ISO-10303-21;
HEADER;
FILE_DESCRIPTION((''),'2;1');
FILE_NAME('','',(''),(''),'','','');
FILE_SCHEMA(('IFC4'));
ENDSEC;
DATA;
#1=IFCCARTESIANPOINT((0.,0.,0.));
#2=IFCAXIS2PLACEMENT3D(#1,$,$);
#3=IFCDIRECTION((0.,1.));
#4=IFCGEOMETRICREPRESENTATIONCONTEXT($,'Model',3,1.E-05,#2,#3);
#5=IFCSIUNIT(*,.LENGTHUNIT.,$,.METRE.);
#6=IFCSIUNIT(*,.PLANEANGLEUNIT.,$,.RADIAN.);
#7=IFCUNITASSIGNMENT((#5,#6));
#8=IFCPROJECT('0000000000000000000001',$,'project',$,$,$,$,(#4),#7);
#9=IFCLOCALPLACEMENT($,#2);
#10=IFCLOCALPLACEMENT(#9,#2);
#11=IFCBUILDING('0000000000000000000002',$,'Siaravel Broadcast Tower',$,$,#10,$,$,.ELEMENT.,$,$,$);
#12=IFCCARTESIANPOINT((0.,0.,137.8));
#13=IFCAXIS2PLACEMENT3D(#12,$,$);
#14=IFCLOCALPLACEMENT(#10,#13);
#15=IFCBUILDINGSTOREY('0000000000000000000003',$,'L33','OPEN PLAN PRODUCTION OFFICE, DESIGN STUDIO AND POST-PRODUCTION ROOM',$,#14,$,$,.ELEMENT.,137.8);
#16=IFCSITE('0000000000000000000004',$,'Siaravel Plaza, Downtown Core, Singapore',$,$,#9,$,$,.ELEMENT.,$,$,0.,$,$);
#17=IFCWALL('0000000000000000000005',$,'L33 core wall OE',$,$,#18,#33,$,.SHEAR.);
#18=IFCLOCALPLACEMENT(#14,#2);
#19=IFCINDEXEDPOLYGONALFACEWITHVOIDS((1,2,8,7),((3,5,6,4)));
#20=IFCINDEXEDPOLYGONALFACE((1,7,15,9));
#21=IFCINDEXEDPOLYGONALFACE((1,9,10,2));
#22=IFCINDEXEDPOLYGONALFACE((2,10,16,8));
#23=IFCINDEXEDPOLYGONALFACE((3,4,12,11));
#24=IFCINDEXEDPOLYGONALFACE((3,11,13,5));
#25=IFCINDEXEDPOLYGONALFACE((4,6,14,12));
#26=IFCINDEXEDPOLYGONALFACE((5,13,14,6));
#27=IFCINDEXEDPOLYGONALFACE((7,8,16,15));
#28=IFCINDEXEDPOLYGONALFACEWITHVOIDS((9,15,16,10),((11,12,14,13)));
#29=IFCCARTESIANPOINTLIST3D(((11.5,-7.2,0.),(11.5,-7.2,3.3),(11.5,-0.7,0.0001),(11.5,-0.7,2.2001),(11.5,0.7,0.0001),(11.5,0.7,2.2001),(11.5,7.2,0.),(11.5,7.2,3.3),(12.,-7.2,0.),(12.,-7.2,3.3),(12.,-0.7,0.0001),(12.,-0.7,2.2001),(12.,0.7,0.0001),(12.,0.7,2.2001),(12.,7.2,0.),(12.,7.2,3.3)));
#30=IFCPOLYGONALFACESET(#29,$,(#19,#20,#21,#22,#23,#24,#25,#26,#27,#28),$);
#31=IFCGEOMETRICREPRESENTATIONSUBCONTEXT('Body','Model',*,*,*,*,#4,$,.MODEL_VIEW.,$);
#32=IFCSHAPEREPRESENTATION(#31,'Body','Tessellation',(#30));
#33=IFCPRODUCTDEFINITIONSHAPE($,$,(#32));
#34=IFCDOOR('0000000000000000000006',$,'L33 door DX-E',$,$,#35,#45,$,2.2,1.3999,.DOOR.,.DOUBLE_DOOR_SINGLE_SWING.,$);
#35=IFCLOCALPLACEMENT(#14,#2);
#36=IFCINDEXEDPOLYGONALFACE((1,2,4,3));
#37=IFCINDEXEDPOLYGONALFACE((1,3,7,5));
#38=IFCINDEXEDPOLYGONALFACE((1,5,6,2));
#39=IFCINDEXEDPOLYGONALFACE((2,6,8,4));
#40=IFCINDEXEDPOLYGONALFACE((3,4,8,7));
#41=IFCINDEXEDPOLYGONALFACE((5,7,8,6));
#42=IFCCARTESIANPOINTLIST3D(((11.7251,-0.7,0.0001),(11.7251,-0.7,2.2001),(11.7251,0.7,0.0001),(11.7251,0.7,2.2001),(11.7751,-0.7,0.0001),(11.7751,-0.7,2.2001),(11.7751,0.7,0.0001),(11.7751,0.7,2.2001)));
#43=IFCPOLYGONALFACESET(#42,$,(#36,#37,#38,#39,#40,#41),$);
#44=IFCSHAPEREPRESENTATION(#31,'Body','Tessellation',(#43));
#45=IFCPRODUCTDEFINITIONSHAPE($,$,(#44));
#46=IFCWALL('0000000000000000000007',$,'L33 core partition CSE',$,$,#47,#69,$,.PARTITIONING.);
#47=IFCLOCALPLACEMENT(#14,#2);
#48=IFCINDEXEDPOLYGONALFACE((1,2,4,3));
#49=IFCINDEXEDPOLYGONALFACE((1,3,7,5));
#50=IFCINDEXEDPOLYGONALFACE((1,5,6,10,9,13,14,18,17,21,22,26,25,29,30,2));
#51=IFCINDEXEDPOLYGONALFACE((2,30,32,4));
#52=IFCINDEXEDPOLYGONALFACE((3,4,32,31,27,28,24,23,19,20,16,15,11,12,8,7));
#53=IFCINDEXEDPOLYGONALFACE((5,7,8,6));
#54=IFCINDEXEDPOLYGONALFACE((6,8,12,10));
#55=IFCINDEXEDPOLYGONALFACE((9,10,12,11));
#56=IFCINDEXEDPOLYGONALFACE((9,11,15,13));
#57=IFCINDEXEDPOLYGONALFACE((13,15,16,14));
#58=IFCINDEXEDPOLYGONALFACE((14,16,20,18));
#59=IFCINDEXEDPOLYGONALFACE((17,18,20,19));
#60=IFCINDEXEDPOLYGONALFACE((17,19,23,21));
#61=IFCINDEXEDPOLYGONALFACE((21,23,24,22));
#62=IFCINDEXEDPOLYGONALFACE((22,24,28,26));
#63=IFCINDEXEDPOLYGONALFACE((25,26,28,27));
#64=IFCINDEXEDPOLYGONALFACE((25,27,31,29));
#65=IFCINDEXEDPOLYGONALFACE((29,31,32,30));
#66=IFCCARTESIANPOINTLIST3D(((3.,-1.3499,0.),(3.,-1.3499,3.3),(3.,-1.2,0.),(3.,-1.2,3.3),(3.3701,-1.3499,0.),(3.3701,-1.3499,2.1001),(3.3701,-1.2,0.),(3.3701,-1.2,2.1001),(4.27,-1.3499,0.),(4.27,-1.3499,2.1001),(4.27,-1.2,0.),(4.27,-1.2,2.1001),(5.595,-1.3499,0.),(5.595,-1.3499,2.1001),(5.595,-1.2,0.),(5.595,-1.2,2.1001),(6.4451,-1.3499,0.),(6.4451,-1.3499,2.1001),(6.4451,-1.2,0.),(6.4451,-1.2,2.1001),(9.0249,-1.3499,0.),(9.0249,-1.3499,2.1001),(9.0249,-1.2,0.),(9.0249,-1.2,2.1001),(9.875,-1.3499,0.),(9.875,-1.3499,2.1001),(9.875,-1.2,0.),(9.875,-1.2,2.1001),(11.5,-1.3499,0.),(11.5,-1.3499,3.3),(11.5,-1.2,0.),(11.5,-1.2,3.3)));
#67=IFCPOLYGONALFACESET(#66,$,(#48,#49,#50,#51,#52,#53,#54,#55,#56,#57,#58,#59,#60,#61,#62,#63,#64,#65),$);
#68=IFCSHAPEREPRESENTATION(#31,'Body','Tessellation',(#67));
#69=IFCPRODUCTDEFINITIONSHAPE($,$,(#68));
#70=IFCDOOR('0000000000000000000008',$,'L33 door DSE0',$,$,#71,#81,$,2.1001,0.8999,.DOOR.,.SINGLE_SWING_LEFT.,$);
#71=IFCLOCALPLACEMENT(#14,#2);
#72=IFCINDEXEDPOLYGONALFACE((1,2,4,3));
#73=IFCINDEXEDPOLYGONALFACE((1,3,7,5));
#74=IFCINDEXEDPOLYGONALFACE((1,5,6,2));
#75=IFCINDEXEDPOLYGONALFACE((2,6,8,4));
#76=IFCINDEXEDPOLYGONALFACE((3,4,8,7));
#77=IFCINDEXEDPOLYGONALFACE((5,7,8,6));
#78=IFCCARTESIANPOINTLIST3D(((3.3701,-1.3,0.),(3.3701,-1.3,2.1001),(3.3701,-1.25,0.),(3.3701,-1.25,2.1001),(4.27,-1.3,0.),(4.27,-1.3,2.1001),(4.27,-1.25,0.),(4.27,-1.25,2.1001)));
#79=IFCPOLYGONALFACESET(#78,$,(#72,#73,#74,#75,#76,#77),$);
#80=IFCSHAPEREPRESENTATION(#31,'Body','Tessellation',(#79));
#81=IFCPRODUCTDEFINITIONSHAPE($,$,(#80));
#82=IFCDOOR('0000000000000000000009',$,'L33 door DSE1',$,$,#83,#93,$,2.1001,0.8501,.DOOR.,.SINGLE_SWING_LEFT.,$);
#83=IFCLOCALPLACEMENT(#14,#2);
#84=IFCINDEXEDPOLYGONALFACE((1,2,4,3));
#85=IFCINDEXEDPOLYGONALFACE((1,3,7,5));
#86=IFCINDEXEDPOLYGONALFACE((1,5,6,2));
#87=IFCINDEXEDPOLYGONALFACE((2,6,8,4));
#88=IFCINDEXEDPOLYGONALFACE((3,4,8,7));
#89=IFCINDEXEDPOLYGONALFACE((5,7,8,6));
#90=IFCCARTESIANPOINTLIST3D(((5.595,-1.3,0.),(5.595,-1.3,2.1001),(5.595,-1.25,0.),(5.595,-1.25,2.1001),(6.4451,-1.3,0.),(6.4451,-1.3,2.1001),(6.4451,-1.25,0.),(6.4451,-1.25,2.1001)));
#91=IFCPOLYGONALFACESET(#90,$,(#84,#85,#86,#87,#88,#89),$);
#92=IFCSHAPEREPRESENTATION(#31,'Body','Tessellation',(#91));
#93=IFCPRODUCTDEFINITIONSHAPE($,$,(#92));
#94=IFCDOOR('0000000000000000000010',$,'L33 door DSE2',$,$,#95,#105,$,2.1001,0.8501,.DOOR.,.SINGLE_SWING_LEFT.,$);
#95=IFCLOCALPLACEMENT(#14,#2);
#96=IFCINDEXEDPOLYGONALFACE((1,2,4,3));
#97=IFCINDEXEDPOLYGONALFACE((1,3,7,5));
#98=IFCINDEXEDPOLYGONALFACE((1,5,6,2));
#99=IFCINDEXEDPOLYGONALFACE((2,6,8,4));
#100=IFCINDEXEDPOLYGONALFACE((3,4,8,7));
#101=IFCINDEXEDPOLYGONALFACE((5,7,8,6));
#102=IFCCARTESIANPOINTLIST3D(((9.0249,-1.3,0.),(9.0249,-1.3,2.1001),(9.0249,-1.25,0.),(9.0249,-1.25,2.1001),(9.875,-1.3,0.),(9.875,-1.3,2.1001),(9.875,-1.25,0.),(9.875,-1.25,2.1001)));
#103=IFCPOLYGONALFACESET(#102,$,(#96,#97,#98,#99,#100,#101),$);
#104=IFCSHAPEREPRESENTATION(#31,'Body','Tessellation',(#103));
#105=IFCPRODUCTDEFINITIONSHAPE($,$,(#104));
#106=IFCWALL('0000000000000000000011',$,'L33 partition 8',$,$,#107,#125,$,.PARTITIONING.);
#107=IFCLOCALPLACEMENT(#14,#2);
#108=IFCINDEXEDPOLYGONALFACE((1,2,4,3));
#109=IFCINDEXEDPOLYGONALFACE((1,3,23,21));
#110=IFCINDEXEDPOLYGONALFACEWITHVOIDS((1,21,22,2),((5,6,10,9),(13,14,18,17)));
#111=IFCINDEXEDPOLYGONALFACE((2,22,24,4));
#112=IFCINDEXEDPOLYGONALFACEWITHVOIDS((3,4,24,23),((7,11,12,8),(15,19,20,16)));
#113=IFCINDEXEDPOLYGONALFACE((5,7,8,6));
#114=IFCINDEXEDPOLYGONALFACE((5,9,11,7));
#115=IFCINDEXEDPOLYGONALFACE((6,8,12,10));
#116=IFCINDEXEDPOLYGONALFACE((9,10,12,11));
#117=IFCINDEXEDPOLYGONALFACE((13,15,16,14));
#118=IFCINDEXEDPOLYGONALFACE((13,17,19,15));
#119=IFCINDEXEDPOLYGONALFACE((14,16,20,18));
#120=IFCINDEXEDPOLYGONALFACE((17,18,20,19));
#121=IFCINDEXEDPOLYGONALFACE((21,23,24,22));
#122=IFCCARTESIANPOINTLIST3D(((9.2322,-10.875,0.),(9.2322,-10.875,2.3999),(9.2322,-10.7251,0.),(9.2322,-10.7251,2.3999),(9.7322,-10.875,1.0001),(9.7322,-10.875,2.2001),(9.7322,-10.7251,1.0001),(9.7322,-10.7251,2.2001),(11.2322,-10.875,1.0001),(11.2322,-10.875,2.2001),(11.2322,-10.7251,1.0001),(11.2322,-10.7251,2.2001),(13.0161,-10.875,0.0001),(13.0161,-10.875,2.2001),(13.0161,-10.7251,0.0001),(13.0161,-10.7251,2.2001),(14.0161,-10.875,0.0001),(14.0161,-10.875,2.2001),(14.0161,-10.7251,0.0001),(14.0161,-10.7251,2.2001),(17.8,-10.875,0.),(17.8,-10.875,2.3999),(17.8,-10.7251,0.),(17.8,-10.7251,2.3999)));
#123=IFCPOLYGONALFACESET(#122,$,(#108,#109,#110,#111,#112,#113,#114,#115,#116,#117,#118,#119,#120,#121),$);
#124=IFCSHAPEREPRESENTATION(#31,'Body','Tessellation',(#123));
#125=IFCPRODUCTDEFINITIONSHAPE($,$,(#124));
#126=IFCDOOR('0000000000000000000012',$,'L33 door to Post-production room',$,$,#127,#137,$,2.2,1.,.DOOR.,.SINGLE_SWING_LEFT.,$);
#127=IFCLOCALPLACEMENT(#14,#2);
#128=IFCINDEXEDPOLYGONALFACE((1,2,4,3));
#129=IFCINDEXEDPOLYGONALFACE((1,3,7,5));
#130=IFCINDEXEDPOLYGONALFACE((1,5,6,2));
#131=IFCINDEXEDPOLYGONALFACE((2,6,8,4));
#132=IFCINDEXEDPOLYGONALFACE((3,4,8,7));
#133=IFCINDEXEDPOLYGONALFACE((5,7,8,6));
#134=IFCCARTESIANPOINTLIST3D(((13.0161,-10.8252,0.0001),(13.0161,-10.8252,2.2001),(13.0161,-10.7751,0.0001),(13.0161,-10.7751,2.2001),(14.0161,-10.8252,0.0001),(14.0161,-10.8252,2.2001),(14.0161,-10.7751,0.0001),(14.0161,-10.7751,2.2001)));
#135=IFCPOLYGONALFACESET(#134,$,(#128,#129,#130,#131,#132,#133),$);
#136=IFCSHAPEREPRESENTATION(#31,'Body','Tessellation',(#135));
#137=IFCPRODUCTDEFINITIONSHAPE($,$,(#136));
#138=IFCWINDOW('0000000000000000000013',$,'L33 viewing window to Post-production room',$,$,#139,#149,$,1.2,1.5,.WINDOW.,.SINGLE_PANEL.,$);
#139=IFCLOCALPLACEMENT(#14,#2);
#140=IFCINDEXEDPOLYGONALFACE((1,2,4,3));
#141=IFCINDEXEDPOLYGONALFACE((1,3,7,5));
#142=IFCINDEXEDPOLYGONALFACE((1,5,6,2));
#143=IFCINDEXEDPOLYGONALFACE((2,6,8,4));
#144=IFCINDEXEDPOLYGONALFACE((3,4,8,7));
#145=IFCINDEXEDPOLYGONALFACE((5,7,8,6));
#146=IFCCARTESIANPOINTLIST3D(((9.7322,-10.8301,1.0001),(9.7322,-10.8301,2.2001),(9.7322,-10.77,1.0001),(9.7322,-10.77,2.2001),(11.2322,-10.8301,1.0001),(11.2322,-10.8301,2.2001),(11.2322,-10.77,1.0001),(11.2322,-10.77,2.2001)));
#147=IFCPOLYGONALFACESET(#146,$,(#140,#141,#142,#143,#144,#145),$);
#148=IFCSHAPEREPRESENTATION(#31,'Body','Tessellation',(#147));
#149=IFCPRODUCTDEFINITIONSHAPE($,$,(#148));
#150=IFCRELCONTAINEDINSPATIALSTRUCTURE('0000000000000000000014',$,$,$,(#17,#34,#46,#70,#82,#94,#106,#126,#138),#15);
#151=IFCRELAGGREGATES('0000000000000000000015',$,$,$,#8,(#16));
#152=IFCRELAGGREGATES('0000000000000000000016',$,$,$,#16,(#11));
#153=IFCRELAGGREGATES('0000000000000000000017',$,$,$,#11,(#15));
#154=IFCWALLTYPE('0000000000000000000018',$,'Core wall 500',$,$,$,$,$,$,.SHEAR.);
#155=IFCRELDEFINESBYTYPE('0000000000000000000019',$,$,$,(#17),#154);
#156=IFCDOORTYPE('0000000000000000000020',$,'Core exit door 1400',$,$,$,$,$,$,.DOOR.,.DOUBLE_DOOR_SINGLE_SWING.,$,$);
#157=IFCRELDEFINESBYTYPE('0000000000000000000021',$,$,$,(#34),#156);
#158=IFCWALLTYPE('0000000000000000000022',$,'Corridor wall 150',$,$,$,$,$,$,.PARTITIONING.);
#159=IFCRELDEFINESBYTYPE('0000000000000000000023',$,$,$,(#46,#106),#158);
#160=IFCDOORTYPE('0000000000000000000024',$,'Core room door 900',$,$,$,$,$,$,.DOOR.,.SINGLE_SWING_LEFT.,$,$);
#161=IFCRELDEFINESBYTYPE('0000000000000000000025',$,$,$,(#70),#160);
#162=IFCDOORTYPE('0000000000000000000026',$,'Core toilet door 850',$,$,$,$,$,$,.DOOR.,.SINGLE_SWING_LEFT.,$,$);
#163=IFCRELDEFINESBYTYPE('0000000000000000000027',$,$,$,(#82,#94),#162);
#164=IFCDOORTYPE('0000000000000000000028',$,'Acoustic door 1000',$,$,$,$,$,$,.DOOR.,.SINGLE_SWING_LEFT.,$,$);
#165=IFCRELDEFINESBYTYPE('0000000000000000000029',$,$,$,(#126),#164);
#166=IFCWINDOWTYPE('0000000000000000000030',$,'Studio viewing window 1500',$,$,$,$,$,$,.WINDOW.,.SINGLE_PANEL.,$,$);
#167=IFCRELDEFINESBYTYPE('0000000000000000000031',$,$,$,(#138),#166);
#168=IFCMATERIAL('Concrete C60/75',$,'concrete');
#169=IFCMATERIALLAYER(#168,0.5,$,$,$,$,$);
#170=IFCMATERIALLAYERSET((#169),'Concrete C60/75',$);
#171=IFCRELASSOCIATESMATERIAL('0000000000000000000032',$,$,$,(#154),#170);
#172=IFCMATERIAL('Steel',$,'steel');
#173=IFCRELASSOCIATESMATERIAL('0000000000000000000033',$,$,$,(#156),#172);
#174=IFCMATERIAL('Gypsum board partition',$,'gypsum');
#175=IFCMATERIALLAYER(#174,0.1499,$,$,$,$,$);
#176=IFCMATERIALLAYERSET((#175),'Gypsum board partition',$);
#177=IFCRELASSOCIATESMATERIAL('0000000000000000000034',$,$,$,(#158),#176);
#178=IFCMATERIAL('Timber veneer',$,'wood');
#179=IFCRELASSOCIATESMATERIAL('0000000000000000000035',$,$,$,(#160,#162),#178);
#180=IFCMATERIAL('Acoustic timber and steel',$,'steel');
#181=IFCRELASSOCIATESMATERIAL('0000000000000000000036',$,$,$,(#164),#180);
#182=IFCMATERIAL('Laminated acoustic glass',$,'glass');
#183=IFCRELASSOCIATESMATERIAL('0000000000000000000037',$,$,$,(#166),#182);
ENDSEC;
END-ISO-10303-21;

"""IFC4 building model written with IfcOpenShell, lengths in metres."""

from ifc_helpers import new_model, si_unit, direction, frame, frame_2d, origin, place, context, subcontext, project, spatial, rectangle, extrude, material, layer, layer_set, type_object, element, fill, save


model = new_model("IFC4")

# Units and contexts
model_context = context("Model", 3, precision=1e-05, world=origin(), true_north=direction((0.0, 1.0)))
body_context = subcontext(model_context, "Body", "Model", "MODEL_VIEW")
ifc_project = project(units=[si_unit("LENGTHUNIT", "METRE"), si_unit("PLANEANGLEUNIT", "RADIAN")], contexts=[model_context])

# Site, building, storey
site_placement = place(None, origin())
site = spatial("IfcSite", under=ifc_project, at=site_placement, Name="Siaravel Plaza, Downtown Core, Singapore", CompositionType="ELEMENT", RefElevation=0.0)
building_placement = place(site_placement, origin())
building = spatial("IfcBuilding", under=site, at=building_placement, Name="Siaravel Broadcast Tower", CompositionType="ELEMENT")
storey_placement = place(building_placement, frame((0.0, 0.0, 137.8)))
storey = spatial("IfcBuildingStorey", under=building, at=storey_placement, Name="L33", Description="OPEN PLAN PRODUCTION OFFICE, DESIGN STUDIO AND POST-PRODUCTION ROOM", CompositionType="ELEMENT", Elevation=137.8)

# Wall, opening, door
ifc_material_1 = material(Name="Concrete C60/75", Category="concrete")
ifc_layer_1 = layer(ifc_material_1, 0.5)
ifc_layer_set_1 = layer_set([ifc_layer_1], Name="Concrete C60/75")
wall_type_1 = type_object("IfcWallType", Name="Core wall 500", PredefinedType="SHEAR", material=ifc_layer_set_1)
wall_1_placement = place(storey_placement, frame((11.75, -7.2, 0.0), z_axis=(0.0, 0.0, 1.0), x_axis=(0.0, 1.0, 0.0)))
wall_1 = element("IfcWall", 1, at=wall_1_placement, inside=storey, type_object=wall_type_1, Name="L33 core wall OE", PredefinedType="SHEAR", context=body_context, shape_type="SweptSolid", body=[
    extrude(rectangle(XDim=14.3999, YDim=0.5, at=frame_2d((7.2, 0.0))), origin(), (0.0, 0.0, 1.0), 3.3),
])
opening_1_placement = place(wall_1_placement, frame((6.5, 0.0, 0.0)))
opening_1 = element("IfcOpeningElement", 2, at=opening_1_placement, cuts=wall_1, PredefinedType="OPENING", context=body_context, shape_type="SweptSolid", body=[
    extrude(rectangle(XDim=1.3999, YDim=2.2, at=frame_2d((0.7, 1.1001))), frame((0.0, 0.26, 0.0), z_axis=(0.0, -1.0, 0.0), x_axis=(1.0, 0.0, 0.0)), (0.0, 0.0, 1.0), 0.52),
])
ifc_material_2 = material(Name="Steel", Category="steel")
door_type_1 = type_object("IfcDoorType", Name="Core exit door 1400", OperationType="DOUBLE_DOOR_SINGLE_SWING", PredefinedType="DOOR", material=ifc_material_2)
door_1_placement = place(opening_1_placement, origin())
door_1 = element("IfcDoor", 3, at=door_1_placement, inside=storey, type_object=door_type_1, Name="L33 door DX-E", OperationType="DOUBLE_DOOR_SINGLE_SWING", OverallHeight=2.2, OverallWidth=1.3999, PredefinedType="DOOR", context=body_context, shape_type="SweptSolid", body=[
    extrude(rectangle(XDim=1.3999, YDim=2.2, at=frame_2d((0.7, 1.1001))), frame((0.0, 0.0249, 0.0), z_axis=(0.0, -1.0, 0.0), x_axis=(1.0, 0.0, 0.0)), (0.0, 0.0, 1.0), 0.05),
])
fill(opening_1, door_1)

# Wall, openings, doors
ifc_material_3 = material(Name="Gypsum board partition", Category="gypsum")
ifc_layer_2 = layer(ifc_material_3, 0.1499)
ifc_layer_set_2 = layer_set([ifc_layer_2], Name="Gypsum board partition")
wall_type_2 = type_object("IfcWallType", Name="Corridor wall 150", PredefinedType="PARTITIONING", material=ifc_layer_set_2)
wall_2_placement = place(storey_placement, frame((3.0, -1.2749, 0.0), z_axis=(0.0, 0.0, 1.0), x_axis=(1.0, 0.0, 0.0)))
wall_2 = element("IfcWall", 4, at=wall_2_placement, inside=storey, type_object=wall_type_2, Name="L33 core partition CSE", PredefinedType="PARTITIONING", context=body_context, shape_type="SweptSolid", body=[
    extrude(rectangle(XDim=8.5, YDim=0.1499, at=frame_2d((4.25, 0.0))), origin(), (0.0, 0.0, 1.0), 3.3),
])
opening_2_placement = place(wall_2_placement, frame((0.3701, 0.0, 0.0)))
opening_2 = element("IfcOpeningElement", 5, at=opening_2_placement, cuts=wall_2, PredefinedType="OPENING", context=body_context, shape_type="SweptSolid", body=[
    extrude(rectangle(XDim=0.8999, YDim=2.1001, at=frame_2d((0.45, 1.05))), frame((0.0, 0.085, 0.0), z_axis=(0.0, -1.0, 0.0), x_axis=(1.0, 0.0, 0.0)), (0.0, 0.0, 1.0), 0.1699),
])
opening_3_placement = place(wall_2_placement, frame((2.595, 0.0, 0.0)))
opening_3 = element("IfcOpeningElement", 6, at=opening_3_placement, cuts=wall_2, PredefinedType="OPENING", context=body_context, shape_type="SweptSolid", body=[
    extrude(rectangle(XDim=0.8501, YDim=2.1001, at=frame_2d((0.425, 1.05))), frame((0.0, 0.085, 0.0), z_axis=(0.0, -1.0, 0.0), x_axis=(1.0, 0.0, 0.0)), (0.0, 0.0, 1.0), 0.1699),
])
opening_4_placement = place(wall_2_placement, frame((6.0249, 0.0, 0.0)))
opening_4 = element("IfcOpeningElement", 7, at=opening_4_placement, cuts=wall_2, PredefinedType="OPENING", context=body_context, shape_type="SweptSolid", body=[
    extrude(rectangle(XDim=0.8501, YDim=2.1001, at=frame_2d((0.425, 1.05))), frame((0.0, 0.085, 0.0), z_axis=(0.0, -1.0, 0.0), x_axis=(1.0, 0.0, 0.0)), (0.0, 0.0, 1.0), 0.1699),
])
ifc_material_4 = material(Name="Timber veneer", Category="wood")
door_type_2 = type_object("IfcDoorType", Name="Core room door 900", OperationType="SINGLE_SWING_LEFT", PredefinedType="DOOR", material=ifc_material_4)
door_2_placement = place(opening_2_placement, origin())
door_2 = element("IfcDoor", 8, at=door_2_placement, inside=storey, type_object=door_type_2, Name="L33 door DSE0", OperationType="SINGLE_SWING_LEFT", OverallHeight=2.1001, OverallWidth=0.8999, PredefinedType="DOOR", context=body_context, shape_type="SweptSolid", body=[
    extrude(rectangle(XDim=0.8999, YDim=2.1001, at=frame_2d((0.45, 1.05))), frame((0.0, 0.0249, 0.0), z_axis=(0.0, -1.0, 0.0), x_axis=(1.0, 0.0, 0.0)), (0.0, 0.0, 1.0), 0.05),
])
fill(opening_2, door_2)
door_type_3 = type_object("IfcDoorType", Name="Core toilet door 850", OperationType="SINGLE_SWING_LEFT", PredefinedType="DOOR", material=ifc_material_4)
door_3_placement = place(opening_3_placement, origin())
door_3 = element("IfcDoor", 9, at=door_3_placement, inside=storey, type_object=door_type_3, Name="L33 door DSE1", OperationType="SINGLE_SWING_LEFT", OverallHeight=2.1001, OverallWidth=0.8501, PredefinedType="DOOR", context=body_context, shape_type="SweptSolid", body=[
    extrude(rectangle(XDim=0.8501, YDim=2.1001, at=frame_2d((0.425, 1.05))), frame((0.0, 0.0249, 0.0), z_axis=(0.0, -1.0, 0.0), x_axis=(1.0, 0.0, 0.0)), (0.0, 0.0, 1.0), 0.05),
])
fill(opening_3, door_3)
door_4_placement = place(opening_4_placement, origin())
door_4 = element("IfcDoor", 10, at=door_4_placement, inside=storey, type_object=door_type_3, Name="L33 door DSE2", OperationType="SINGLE_SWING_LEFT", OverallHeight=2.1001, OverallWidth=0.8501, PredefinedType="DOOR", context=body_context, shape_type="SweptSolid", body=[
    extrude(rectangle(XDim=0.8501, YDim=2.1001, at=frame_2d((0.425, 1.05))), frame((0.0, 0.0249, 0.0), z_axis=(0.0, -1.0, 0.0), x_axis=(1.0, 0.0, 0.0)), (0.0, 0.0, 1.0), 0.05),
])
fill(opening_4, door_4)

# Wall, openings, door, window
wall_3_placement = place(storey_placement, frame((9.2322, -10.8, 0.0), z_axis=(0.0, 0.0, 1.0), x_axis=(1.0, 0.0, 0.0)))
wall_3 = element("IfcWall", 11, at=wall_3_placement, inside=storey, type_object=wall_type_2, Name="L33 partition 8", PredefinedType="PARTITIONING", context=body_context, shape_type="SweptSolid", body=[
    extrude(rectangle(XDim=8.5679, YDim=0.1499, at=frame_2d((4.2839, 0.0))), origin(), (0.0, 0.0, 1.0), 2.3999),
])
opening_5_placement = place(wall_3_placement, frame((3.7839, 0.0, 0.0)))
opening_5 = element("IfcOpeningElement", 12, at=opening_5_placement, cuts=wall_3, PredefinedType="OPENING", context=body_context, shape_type="SweptSolid", body=[
    extrude(rectangle(XDim=1.0, YDim=2.2, at=frame_2d((0.5, 1.1001))), frame((0.0, 0.085, 0.0), z_axis=(0.0, -1.0, 0.0), x_axis=(1.0, 0.0, 0.0)), (0.0, 0.0, 1.0), 0.1699),
])
opening_6_placement = place(wall_3_placement, frame((0.5, 0.0, 1.0)))
opening_6 = element("IfcOpeningElement", 13, at=opening_6_placement, cuts=wall_3, PredefinedType="OPENING", context=body_context, shape_type="SweptSolid", body=[
    extrude(rectangle(XDim=1.5, YDim=1.2, at=frame_2d((0.75, 0.6001))), frame((0.0, 0.085, 0.0), z_axis=(0.0, -1.0, 0.0), x_axis=(1.0, 0.0, 0.0)), (0.0, 0.0, 1.0), 0.1699),
])
ifc_material_5 = material(Name="Acoustic timber and steel", Category="steel")
door_type_4 = type_object("IfcDoorType", Name="Acoustic door 1000", OperationType="SINGLE_SWING_LEFT", PredefinedType="DOOR", material=ifc_material_5)
door_5_placement = place(opening_5_placement, origin())
door_5 = element("IfcDoor", 14, at=door_5_placement, inside=storey, type_object=door_type_4, Name="L33 door to Post-production room", OperationType="SINGLE_SWING_LEFT", OverallHeight=2.2, OverallWidth=1.0, PredefinedType="DOOR", context=body_context, shape_type="SweptSolid", body=[
    extrude(rectangle(XDim=1.0, YDim=2.2, at=frame_2d((0.5, 1.1001))), frame((0.0, 0.0249, 0.0), z_axis=(0.0, -1.0, 0.0), x_axis=(1.0, 0.0, 0.0)), (0.0, 0.0, 1.0), 0.05),
])
fill(opening_5, door_5)
ifc_material_6 = material(Name="Laminated acoustic glass", Category="glass")
window_type = type_object("IfcWindowType", Name="Studio viewing window 1500", PartitioningType="SINGLE_PANEL", PredefinedType="WINDOW", material=ifc_material_6)
window_placement = place(opening_6_placement, origin())
window = element("IfcWindow", 15, at=window_placement, inside=storey, type_object=window_type, Name="L33 viewing window to Post-production room", OverallHeight=1.2, OverallWidth=1.5, PartitioningType="SINGLE_PANEL", PredefinedType="WINDOW", context=body_context, shape_type="SweptSolid", body=[
    extrude(rectangle(XDim=1.5, YDim=1.2, at=frame_2d((0.75, 0.6001))), frame((0.0, 0.03, 0.0), z_axis=(0.0, -1.0, 0.0), x_axis=(1.0, 0.0, 0.0)), (0.0, 0.0, 1.0), 0.0601),
])
fill(opening_6, window)

save(model, "model.ifc")
